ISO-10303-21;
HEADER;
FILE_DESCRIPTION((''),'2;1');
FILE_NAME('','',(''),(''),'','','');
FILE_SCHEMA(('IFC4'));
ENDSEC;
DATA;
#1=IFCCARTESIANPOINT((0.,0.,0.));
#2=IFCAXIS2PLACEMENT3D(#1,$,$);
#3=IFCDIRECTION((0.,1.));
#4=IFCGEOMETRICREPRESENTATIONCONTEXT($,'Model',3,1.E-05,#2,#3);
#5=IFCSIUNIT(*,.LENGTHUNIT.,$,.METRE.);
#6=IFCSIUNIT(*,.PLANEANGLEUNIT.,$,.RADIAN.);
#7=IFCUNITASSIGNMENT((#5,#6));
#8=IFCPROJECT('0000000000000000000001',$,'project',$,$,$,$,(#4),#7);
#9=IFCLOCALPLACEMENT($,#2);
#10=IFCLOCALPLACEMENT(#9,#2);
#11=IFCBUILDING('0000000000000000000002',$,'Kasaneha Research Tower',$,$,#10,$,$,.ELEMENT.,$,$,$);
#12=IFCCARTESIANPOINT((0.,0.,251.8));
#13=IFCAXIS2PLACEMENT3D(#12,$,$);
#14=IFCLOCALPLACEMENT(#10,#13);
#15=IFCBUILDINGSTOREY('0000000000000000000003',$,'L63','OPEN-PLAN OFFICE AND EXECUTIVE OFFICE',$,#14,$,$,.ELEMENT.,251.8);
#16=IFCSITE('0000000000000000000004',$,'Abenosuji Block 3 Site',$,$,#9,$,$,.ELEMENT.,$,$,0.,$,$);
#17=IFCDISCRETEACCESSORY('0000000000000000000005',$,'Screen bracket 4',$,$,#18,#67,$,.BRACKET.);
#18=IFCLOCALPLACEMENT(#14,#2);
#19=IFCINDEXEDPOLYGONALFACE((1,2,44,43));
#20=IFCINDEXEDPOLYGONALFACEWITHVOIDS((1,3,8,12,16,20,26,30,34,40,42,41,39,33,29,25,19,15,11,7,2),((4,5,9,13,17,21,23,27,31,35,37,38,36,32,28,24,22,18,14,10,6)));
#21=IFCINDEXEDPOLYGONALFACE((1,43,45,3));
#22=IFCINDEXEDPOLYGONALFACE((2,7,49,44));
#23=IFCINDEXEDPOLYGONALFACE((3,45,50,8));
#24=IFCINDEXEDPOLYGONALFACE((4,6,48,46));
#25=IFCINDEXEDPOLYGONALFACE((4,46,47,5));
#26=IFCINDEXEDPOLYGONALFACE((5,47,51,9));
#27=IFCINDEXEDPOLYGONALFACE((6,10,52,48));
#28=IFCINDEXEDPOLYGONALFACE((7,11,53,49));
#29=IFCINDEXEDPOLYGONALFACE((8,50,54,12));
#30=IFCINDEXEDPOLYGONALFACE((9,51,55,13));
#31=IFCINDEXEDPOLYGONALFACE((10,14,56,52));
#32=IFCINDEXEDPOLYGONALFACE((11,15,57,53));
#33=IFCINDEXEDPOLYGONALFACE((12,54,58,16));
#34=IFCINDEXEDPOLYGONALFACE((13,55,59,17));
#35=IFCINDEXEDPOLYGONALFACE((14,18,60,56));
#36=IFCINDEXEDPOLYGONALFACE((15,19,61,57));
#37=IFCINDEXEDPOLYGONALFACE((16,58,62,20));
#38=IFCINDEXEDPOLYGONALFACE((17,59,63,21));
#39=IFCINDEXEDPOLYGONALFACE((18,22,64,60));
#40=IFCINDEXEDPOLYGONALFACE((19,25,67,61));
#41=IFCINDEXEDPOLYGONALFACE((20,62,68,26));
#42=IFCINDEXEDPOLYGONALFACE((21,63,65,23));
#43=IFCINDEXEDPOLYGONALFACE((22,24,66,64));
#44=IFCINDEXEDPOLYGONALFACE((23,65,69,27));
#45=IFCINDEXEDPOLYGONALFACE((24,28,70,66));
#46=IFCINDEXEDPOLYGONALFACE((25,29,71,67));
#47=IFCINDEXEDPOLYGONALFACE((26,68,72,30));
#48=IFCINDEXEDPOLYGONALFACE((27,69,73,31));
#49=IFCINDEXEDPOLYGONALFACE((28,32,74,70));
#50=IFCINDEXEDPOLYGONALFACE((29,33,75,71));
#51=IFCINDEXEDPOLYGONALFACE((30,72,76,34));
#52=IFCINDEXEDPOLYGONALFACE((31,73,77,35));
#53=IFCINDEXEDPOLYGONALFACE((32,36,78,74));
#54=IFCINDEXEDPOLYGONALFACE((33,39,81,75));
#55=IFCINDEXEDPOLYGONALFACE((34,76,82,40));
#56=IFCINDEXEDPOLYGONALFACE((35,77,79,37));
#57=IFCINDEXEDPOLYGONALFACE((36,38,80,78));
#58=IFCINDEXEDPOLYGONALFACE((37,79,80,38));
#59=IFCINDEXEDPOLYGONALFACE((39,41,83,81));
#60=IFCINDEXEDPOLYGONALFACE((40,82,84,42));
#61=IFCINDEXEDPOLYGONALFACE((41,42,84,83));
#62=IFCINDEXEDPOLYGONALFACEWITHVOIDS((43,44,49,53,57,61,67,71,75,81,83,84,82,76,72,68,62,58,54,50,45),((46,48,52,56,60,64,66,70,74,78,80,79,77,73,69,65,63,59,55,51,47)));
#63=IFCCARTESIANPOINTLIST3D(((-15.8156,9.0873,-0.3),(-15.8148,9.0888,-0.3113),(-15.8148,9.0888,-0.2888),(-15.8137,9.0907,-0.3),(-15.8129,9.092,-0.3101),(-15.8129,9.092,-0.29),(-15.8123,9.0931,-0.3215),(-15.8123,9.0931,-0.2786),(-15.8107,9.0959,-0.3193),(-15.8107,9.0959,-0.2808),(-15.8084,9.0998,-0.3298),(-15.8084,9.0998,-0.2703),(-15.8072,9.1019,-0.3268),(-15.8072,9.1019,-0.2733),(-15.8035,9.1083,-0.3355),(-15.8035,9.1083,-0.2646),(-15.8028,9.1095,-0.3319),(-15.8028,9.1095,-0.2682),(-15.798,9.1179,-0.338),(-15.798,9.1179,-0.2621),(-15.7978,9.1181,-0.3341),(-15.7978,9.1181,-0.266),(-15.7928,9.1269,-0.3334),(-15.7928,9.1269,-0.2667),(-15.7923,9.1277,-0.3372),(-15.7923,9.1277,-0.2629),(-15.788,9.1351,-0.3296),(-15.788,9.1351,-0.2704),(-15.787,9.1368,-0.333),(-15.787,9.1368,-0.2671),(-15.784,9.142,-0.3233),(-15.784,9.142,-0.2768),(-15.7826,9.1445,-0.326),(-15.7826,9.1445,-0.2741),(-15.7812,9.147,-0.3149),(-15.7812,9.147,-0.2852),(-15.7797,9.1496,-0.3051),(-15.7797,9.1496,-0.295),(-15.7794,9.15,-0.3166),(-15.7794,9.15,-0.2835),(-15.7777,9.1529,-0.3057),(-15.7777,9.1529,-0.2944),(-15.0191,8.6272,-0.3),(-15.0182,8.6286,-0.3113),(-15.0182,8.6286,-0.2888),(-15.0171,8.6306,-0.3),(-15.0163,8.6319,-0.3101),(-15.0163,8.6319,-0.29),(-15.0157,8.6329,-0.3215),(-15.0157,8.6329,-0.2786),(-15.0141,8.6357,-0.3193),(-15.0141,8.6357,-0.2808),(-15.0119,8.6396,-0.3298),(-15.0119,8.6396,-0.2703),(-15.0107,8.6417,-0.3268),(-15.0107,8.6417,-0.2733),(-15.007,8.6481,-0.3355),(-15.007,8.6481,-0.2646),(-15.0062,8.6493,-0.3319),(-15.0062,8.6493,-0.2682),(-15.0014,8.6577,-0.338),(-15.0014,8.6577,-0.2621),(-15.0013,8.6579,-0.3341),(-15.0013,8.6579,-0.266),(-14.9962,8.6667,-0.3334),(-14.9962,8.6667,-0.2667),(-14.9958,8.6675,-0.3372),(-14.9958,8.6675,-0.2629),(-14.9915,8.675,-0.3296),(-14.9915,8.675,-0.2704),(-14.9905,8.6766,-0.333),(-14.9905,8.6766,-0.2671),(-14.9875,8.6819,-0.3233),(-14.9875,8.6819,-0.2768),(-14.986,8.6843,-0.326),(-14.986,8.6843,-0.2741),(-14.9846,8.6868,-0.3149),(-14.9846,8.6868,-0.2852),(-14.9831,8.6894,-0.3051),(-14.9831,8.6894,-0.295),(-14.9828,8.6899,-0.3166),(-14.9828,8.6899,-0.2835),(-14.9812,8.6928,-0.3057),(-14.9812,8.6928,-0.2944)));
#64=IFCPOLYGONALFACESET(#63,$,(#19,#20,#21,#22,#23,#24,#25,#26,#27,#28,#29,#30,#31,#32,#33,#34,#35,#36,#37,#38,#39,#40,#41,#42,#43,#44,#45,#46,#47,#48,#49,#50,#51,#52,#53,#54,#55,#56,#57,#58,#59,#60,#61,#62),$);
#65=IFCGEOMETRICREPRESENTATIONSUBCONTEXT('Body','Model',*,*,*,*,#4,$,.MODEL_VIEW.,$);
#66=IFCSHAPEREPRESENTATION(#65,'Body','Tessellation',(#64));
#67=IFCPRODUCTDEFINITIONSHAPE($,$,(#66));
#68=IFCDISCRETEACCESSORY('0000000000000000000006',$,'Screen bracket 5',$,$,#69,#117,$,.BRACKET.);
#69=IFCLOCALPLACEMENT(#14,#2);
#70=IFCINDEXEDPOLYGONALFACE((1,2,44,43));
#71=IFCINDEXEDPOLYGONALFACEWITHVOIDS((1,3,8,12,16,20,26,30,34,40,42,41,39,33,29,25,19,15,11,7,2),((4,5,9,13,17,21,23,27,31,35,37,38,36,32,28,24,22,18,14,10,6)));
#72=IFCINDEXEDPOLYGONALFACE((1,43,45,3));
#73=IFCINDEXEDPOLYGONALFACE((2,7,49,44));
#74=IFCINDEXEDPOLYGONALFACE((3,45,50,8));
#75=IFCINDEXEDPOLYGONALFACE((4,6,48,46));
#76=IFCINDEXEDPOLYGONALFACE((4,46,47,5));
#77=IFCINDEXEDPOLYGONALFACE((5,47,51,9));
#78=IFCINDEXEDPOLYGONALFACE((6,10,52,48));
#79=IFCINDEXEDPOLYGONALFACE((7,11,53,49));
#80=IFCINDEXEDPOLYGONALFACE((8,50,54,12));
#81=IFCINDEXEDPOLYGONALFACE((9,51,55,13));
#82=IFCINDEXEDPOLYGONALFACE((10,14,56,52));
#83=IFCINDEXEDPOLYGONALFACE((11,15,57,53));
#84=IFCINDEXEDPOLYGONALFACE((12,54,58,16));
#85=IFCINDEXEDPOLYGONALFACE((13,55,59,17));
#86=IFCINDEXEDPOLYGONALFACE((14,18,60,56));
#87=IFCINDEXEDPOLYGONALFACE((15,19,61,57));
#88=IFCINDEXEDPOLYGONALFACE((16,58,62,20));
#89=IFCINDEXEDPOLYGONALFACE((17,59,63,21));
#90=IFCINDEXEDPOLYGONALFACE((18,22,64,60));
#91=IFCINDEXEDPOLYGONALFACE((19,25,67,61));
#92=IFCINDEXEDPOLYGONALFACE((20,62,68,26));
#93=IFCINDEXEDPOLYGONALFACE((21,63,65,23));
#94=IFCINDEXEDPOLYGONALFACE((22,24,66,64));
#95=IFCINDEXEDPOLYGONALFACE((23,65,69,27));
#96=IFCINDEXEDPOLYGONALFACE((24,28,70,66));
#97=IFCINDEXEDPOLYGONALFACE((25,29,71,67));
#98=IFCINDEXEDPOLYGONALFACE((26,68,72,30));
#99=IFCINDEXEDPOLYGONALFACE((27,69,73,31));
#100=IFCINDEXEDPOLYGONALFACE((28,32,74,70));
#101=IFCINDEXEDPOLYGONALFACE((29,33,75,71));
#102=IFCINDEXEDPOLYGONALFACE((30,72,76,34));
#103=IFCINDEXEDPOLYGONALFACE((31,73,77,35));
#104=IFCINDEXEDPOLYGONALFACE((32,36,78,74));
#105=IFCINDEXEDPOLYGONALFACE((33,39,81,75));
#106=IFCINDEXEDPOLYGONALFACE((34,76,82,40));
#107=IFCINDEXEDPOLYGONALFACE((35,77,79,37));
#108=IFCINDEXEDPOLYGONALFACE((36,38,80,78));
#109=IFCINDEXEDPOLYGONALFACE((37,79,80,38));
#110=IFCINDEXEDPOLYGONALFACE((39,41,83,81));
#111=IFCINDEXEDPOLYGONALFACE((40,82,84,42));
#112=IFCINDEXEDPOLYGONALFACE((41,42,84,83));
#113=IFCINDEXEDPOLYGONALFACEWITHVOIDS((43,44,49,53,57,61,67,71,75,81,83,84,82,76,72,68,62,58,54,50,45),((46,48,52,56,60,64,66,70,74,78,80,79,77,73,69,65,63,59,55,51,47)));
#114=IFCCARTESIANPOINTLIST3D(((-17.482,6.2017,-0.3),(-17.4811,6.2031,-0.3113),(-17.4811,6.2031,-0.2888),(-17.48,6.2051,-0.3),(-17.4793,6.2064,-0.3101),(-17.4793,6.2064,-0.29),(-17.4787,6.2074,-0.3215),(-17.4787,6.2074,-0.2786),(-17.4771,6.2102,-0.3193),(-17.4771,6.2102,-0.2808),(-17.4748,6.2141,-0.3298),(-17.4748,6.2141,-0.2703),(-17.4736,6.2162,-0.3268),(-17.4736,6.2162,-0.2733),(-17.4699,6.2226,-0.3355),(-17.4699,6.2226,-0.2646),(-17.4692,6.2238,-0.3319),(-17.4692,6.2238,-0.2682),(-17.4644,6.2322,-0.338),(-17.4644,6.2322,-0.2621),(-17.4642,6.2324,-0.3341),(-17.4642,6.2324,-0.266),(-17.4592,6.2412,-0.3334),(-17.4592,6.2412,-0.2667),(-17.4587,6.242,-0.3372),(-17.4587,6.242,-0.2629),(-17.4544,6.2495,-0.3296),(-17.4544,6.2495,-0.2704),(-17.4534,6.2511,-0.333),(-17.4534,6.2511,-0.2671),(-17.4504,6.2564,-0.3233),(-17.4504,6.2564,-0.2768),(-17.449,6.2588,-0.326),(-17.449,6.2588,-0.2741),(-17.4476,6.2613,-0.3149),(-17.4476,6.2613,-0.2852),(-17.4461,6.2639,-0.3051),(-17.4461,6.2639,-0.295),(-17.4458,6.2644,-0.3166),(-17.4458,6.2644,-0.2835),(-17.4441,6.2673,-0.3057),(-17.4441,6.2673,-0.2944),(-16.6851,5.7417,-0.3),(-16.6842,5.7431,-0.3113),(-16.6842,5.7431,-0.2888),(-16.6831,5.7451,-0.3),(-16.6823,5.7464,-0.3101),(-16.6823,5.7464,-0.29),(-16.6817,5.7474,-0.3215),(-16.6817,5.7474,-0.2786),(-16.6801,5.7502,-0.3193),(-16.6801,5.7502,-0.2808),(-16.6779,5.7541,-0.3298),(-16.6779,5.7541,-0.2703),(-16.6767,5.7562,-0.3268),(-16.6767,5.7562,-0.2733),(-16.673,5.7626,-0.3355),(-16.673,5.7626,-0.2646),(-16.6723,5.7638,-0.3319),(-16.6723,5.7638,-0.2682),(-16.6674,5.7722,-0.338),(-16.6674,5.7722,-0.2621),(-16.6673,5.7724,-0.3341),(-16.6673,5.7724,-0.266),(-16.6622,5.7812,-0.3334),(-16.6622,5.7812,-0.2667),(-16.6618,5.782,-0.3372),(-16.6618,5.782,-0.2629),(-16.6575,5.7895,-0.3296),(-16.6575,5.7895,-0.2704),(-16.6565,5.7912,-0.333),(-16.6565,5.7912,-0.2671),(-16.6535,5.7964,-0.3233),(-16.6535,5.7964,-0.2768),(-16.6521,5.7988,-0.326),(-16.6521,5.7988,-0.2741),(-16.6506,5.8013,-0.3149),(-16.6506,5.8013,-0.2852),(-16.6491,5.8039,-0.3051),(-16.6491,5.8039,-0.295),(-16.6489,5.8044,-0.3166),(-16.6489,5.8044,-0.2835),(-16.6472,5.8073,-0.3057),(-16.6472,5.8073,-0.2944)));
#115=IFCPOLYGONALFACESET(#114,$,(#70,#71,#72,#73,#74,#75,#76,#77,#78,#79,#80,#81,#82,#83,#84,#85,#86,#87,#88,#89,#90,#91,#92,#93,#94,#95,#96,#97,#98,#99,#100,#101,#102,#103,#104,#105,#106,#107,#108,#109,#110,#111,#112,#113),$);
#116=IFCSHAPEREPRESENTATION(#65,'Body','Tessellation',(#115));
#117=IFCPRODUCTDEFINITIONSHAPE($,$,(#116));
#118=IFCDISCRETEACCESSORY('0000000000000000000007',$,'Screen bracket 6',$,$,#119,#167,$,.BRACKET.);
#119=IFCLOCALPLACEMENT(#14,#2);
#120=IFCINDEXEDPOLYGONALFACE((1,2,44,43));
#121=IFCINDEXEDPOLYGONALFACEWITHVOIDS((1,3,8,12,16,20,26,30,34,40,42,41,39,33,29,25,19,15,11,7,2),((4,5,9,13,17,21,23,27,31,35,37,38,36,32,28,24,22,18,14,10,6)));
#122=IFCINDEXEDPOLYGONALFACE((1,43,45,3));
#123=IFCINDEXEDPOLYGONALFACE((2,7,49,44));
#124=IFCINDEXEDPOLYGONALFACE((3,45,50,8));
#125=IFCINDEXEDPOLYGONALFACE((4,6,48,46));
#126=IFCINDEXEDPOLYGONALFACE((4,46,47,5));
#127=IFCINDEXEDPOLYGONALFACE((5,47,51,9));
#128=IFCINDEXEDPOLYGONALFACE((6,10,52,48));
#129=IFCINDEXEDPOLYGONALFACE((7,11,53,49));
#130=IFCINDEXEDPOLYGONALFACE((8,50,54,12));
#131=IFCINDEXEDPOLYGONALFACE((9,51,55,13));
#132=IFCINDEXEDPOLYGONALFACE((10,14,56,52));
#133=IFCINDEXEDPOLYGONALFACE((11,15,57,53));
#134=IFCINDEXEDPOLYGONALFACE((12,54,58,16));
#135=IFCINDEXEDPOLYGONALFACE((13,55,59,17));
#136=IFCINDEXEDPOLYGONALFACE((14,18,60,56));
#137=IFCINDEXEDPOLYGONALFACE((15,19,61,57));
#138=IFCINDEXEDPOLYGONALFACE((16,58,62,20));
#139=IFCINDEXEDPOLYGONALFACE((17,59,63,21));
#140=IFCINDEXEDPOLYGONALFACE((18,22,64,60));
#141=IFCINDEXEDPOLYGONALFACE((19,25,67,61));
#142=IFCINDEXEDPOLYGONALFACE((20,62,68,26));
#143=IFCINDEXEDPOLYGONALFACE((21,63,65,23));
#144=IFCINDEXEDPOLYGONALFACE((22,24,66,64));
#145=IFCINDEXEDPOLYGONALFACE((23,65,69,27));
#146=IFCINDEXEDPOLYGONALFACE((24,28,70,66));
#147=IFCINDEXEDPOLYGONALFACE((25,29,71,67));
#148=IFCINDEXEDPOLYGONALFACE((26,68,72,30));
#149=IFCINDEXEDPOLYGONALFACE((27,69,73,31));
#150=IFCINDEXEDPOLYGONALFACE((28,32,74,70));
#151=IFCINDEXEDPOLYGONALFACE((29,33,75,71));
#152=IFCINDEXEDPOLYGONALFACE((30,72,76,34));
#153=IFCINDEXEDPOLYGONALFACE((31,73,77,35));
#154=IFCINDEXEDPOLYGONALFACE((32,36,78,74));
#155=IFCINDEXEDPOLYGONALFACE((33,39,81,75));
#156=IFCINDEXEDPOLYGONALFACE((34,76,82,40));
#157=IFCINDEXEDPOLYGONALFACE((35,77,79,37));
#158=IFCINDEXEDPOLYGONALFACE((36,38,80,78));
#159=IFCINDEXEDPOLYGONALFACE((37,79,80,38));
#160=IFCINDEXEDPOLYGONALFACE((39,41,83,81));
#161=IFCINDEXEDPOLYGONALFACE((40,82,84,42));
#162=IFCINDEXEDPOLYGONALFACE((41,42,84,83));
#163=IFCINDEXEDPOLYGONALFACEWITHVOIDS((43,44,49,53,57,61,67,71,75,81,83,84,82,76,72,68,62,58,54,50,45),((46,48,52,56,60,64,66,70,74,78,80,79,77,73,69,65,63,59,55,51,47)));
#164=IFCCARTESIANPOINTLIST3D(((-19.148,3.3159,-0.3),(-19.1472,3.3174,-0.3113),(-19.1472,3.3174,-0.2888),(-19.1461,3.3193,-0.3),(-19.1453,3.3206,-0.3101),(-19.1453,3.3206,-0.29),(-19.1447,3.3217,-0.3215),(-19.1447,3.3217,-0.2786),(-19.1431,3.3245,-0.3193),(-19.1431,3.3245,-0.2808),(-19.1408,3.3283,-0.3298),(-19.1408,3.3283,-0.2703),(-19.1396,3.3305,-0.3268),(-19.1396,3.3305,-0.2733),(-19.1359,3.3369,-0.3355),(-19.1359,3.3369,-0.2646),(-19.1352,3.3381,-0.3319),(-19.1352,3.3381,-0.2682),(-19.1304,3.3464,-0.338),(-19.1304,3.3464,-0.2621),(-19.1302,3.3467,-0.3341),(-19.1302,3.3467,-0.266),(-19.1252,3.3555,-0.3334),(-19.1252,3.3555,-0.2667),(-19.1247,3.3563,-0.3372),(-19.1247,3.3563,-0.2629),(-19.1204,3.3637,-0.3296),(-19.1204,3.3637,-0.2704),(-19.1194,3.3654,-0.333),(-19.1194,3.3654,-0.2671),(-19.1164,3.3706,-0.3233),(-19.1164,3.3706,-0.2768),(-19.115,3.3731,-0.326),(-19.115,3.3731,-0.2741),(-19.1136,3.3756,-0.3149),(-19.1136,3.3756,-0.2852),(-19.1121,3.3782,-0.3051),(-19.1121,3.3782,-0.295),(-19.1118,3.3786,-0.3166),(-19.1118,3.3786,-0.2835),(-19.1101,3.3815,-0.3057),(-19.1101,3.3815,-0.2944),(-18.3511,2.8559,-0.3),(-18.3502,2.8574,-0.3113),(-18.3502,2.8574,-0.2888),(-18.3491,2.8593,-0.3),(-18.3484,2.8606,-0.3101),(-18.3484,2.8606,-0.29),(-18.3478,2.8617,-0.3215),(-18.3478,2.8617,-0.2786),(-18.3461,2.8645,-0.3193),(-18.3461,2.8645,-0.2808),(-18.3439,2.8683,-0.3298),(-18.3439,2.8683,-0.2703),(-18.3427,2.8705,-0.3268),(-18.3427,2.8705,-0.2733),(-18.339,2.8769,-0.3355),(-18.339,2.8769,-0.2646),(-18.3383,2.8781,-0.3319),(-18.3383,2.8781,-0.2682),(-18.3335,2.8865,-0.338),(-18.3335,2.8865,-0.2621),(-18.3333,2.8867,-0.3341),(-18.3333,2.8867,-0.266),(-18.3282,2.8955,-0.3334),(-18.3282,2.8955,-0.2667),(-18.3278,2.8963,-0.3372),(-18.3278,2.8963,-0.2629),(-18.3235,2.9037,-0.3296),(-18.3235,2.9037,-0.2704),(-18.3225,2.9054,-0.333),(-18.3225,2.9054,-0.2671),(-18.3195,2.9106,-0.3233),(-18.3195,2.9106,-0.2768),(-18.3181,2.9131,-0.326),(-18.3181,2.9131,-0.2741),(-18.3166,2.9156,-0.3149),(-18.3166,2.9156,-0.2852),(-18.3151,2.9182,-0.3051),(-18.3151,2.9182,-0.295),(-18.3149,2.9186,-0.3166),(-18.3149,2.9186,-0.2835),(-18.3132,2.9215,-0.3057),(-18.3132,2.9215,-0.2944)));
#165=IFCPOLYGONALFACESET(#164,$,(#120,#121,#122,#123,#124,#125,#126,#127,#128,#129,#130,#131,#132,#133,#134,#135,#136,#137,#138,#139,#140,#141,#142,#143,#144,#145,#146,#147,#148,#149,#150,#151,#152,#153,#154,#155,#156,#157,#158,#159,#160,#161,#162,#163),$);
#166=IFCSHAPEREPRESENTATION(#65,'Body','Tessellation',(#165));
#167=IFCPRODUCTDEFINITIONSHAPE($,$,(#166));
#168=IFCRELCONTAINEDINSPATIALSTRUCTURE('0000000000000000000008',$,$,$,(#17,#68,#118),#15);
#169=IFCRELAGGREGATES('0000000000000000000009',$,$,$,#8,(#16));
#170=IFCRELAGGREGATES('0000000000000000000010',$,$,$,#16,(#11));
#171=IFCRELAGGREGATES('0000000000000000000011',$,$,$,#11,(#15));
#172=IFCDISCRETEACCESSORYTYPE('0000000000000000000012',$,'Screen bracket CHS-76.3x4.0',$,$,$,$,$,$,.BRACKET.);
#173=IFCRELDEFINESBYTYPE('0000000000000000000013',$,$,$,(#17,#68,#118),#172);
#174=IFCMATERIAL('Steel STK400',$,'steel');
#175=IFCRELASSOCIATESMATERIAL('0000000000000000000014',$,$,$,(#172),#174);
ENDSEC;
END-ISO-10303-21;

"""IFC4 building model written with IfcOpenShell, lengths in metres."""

from ifc_helpers import new_model, si_unit, direction, frame, origin, origin_2d, place, context, subcontext, project, spatial, hollow_circle, extrude, material, material_profile, profile_set, type_object, element, save


model = new_model("IFC4")

# Units and contexts
model_context = context("Model", 3, precision=1e-05, world=origin(), true_north=direction((0.0, 1.0)))
body_context = subcontext(model_context, "Body", "Model", "MODEL_VIEW")
ifc_project = project(units=[si_unit("LENGTHUNIT", "METRE"), si_unit("PLANEANGLEUNIT", "RADIAN")], contexts=[model_context])

# Site, building, storey
site_placement = place(None, origin())
site = spatial("IfcSite", under=ifc_project, at=site_placement, Name="Abenosuji Block 3 Site", CompositionType="ELEMENT", RefElevation=0.0)
building_placement = place(site_placement, origin())
building = spatial("IfcBuilding", under=site, at=building_placement, Name="Kasaneha Research Tower", CompositionType="ELEMENT")
storey_placement = place(building_placement, frame((0.0, 0.0, 251.8)))
storey = spatial("IfcBuildingStorey", under=building, at=storey_placement, Name="L63", Description="OPEN-PLAN OFFICE AND EXECUTIVE OFFICE", CompositionType="ELEMENT", Elevation=251.8)

# Discrete accessories
ifc_material_1 = material(Name="Steel STK400", Category="steel")
ifc_material_profile_1 = material_profile(ifc_material_1, hollow_circle(Radius=0.0381, WallThickness=0.0039, at=origin_2d()), Name="CHS-76.3x4.0")
ifc_profile_set_1 = profile_set([ifc_material_profile_1], Name="Steel STK400")
discrete_accessory_type = type_object("IfcDiscreteAccessoryType", Name="Screen bracket CHS-76.3x4.0", PredefinedType="BRACKET", material=ifc_profile_set_1)
discrete_accessory_1_placement = place(storey_placement, frame((-15.0, 8.6602, -0.3), z_axis=(-0.865898, 0.50022, 0.0), x_axis=(-0.50022, -0.865898, 0.0)))
element("IfcDiscreteAccessory", 1, at=discrete_accessory_1_placement, inside=storey, type_object=discrete_accessory_type, Name="Screen bracket 4", PredefinedType="BRACKET", context=body_context, shape_type="SweptSolid", body=[
    extrude(hollow_circle(Radius=0.0381, WallThickness=0.0039, at=origin_2d()), origin(), (0.0, 0.0, 1.0), 0.9199),
])
for number, where, z_axis, x_axis, name in (
    (2, (-16.666, 5.7747, -0.3), (-0.86608, 0.499906, 0.0), (-0.499906, -0.86608, 0.0), "Screen bracket 5"),
    (3, (-18.332, 2.8889, -0.3), (-0.86608, 0.499906, 0.0), (-0.499906, -0.86608, 0.0), "Screen bracket 6"),
):
    element("IfcDiscreteAccessory", number, at=place(storey_placement, frame(where, z_axis=z_axis, x_axis=x_axis)), inside=storey, type_object=discrete_accessory_type, Name=name, PredefinedType="BRACKET", context=body_context, shape_type="SweptSolid", body=[
        extrude(hollow_circle(Radius=0.0381, WallThickness=0.0039, at=origin_2d()), origin(), (0.0, 0.0, 1.0), 0.9202),
    ])

save(model, "model.ifc")
